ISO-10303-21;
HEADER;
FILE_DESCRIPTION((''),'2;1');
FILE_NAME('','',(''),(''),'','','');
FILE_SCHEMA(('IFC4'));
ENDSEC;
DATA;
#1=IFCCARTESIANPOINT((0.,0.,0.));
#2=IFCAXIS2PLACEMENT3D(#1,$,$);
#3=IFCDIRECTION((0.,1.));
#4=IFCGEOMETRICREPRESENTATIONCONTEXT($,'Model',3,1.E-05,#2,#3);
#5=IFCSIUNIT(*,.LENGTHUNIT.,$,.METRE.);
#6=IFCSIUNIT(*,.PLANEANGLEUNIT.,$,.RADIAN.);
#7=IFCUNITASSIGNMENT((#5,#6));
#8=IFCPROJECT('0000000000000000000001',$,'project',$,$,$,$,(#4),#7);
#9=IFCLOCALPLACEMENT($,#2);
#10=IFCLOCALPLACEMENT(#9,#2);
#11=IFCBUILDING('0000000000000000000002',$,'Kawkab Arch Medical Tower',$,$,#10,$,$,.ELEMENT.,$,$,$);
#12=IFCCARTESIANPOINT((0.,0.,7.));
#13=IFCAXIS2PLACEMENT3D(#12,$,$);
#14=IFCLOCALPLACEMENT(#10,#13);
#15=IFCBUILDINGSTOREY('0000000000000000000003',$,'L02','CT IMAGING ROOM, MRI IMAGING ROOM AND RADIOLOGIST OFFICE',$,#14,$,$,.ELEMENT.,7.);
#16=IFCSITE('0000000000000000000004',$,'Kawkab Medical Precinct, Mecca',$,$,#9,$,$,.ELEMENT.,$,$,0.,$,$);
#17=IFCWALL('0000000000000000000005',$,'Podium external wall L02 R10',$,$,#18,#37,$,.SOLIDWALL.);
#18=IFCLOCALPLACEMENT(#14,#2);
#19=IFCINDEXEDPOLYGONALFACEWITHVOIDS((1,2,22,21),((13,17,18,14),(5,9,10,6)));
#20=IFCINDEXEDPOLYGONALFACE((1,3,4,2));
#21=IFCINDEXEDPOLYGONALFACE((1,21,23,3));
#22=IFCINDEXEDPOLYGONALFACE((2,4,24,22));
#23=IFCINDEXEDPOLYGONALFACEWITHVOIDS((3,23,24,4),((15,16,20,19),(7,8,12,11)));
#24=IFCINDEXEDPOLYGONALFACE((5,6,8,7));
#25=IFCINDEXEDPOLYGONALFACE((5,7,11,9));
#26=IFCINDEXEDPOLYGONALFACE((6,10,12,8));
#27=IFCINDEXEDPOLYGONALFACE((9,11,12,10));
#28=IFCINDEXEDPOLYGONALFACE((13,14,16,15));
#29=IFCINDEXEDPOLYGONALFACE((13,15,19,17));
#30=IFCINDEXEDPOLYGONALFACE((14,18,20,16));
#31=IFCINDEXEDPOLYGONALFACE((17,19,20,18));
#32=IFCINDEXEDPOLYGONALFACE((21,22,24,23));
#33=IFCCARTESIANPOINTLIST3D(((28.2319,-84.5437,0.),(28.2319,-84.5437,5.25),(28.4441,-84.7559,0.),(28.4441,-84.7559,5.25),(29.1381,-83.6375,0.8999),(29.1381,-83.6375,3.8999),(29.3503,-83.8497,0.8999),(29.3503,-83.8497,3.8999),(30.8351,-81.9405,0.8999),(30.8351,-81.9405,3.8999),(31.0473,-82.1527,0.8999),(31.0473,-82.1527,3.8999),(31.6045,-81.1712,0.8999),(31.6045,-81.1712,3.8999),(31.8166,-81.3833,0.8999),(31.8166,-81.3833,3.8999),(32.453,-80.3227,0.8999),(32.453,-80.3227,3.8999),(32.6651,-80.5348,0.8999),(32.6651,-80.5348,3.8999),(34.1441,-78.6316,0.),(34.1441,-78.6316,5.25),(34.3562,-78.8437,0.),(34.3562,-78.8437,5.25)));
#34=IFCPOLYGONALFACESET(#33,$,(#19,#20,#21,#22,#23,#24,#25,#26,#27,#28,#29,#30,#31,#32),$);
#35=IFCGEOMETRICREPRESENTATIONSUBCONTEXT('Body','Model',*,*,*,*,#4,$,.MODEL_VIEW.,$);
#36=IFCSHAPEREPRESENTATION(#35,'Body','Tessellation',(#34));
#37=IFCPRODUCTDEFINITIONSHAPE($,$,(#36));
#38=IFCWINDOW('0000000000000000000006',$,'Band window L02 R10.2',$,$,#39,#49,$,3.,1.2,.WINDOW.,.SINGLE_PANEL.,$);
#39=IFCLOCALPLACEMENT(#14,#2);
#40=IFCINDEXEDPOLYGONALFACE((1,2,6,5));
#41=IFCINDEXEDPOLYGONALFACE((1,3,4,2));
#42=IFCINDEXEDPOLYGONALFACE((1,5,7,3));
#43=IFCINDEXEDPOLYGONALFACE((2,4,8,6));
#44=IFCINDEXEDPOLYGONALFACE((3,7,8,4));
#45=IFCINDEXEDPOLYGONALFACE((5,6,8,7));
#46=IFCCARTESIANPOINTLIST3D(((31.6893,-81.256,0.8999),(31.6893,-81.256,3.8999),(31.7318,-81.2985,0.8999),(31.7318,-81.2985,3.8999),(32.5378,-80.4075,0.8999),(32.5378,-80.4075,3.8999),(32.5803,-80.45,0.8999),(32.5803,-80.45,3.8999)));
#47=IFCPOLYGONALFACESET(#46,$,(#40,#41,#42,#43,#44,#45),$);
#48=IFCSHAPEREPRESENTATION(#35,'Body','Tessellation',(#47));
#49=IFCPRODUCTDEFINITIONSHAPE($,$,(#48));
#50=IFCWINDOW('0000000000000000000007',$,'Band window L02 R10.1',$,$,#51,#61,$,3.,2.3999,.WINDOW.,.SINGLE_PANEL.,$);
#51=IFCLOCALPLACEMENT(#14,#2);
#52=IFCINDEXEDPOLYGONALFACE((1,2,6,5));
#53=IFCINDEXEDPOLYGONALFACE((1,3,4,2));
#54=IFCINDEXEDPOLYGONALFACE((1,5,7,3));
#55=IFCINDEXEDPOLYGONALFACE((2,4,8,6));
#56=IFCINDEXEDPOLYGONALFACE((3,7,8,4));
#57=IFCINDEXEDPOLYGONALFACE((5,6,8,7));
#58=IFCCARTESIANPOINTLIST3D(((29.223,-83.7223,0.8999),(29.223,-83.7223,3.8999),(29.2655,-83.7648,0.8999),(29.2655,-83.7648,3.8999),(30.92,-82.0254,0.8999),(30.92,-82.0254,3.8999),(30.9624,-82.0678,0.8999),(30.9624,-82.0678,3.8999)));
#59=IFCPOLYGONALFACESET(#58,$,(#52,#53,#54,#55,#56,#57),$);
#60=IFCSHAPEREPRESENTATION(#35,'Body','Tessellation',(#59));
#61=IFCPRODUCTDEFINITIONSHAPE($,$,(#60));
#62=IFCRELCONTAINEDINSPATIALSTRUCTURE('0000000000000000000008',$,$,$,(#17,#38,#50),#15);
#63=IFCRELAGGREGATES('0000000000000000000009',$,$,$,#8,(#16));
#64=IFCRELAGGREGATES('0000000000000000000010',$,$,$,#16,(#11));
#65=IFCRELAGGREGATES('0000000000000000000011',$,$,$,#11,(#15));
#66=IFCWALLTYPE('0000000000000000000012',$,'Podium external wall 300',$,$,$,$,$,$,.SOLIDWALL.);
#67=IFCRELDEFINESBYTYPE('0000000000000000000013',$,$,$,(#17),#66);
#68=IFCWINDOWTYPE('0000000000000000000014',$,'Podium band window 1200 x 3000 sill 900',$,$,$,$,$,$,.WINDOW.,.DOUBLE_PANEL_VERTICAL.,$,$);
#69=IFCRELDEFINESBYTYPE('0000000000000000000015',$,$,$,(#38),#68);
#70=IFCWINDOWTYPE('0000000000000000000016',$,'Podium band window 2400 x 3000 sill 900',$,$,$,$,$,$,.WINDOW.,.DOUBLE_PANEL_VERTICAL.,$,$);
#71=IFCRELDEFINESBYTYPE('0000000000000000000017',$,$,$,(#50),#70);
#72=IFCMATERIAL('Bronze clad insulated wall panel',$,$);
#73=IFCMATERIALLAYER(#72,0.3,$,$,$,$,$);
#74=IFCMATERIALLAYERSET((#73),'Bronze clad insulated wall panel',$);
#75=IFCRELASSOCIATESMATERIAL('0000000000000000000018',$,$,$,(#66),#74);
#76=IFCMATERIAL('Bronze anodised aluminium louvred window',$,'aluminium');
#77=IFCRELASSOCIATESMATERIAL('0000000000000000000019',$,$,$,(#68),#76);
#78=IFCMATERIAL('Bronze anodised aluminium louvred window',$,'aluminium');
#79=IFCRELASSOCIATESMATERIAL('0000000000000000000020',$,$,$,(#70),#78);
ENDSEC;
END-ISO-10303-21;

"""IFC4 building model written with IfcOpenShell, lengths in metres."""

from ifc_helpers import new_model, si_unit, direction, frame, frame_2d, origin, place, context, subcontext, project, spatial, rectangle, extrude, material, layer, layer_set, type_object, element, fill, save


model = new_model("IFC4")

# Units and contexts
model_context = context("Model", 3, precision=1e-05, world=origin(), true_north=direction((0.0, 1.0)))
body_context = subcontext(model_context, "Body", "Model", "MODEL_VIEW")
ifc_project = project(units=[si_unit("LENGTHUNIT", "METRE"), si_unit("PLANEANGLEUNIT", "RADIAN")], contexts=[model_context])

# Site, building, storey
site_placement = place(None, origin())
site = spatial("IfcSite", under=ifc_project, at=site_placement, Name="Kawkab Medical Precinct, Mecca", CompositionType="ELEMENT", RefElevation=0.0)
building_placement = place(site_placement, origin())
building = spatial("IfcBuilding", under=site, at=building_placement, Name="Kawkab Arch Medical Tower", CompositionType="ELEMENT")
storey_placement = place(building_placement, frame((0.0, 0.0, 7.0)))
storey = spatial("IfcBuildingStorey", under=building, at=storey_placement, Name="L02", Description="CT IMAGING ROOM, MRI IMAGING ROOM AND RADIOLOGIST OFFICE", CompositionType="ELEMENT", Elevation=7.0)

# Wall, openings, windows
ifc_material_1 = material(Name="Bronze clad insulated wall panel")
ifc_layer_1 = layer(ifc_material_1, 0.3)
ifc_layer_set_1 = layer_set([ifc_layer_1], Name="Bronze clad insulated wall panel")
wall_type_1 = type_object("IfcWallType", Name="Podium external wall 300", PredefinedType="SOLIDWALL", material=ifc_layer_set_1)
wall_1_placement = place(storey_placement, frame((28.3379, -84.6499, 0.0), z_axis=(0.0, 0.0, 1.0), x_axis=(0.707107, 0.707107, 0.0)))
wall_1 = element("IfcWall", 1, at=wall_1_placement, inside=storey, type_object=wall_type_1, Name="Podium external wall L02 R10", PredefinedType="SOLIDWALL", context=body_context, shape_type="SweptSolid", body=[
    extrude(rectangle(XDim=8.3611, YDim=0.3, at=frame_2d((4.1807, 0.0))), origin(), (0.0, 0.0, 1.0), 5.25),
])
opening_1_placement = place(wall_1_placement, frame((1.2817, 0.0, 0.8999)))
opening_1 = element("IfcOpeningElement", 2, at=opening_1_placement, cuts=wall_1, PredefinedType="OPENING", context=body_context, shape_type="SweptSolid", body=[
    extrude(rectangle(XDim=2.3999, YDim=3.0, at=frame_2d((1.2, 1.5))), frame((0.0, 0.1599, 0.0), z_axis=(0.0, -1.0, 0.0), x_axis=(1.0, 0.0, 0.0)), (0.0, 0.0, 1.0), 0.3201),
])
opening_2_placement = place(wall_1_placement, frame((4.7695, 0.0, 0.8999)))
opening_2 = element("IfcOpeningElement", 3, at=opening_2_placement, cuts=wall_1, PredefinedType="OPENING", context=body_context, shape_type="SweptSolid", body=[
    extrude(rectangle(XDim=1.2, YDim=3.0, at=frame_2d((0.6001, 1.5))), frame((0.0, 0.1599, 0.0), z_axis=(0.0, -1.0, 0.0), x_axis=(1.0, 0.0, 0.0)), (0.0, 0.0, 1.0), 0.3201),
])
ifc_material_2 = material(Name="Bronze anodised aluminium louvred window", Category="aluminium")
window_type_1 = type_object("IfcWindowType", Name="Podium band window 1200 x 3000 sill 900", PartitioningType="DOUBLE_PANEL_VERTICAL", PredefinedType="WINDOW", material=ifc_material_2)
window_1_placement = place(opening_2_placement, origin())
window_1 = element("IfcWindow", 4, at=window_1_placement, inside=storey, type_object=window_type_1, Name="Band window L02 R10.2", OverallHeight=3.0, OverallWidth=1.2, PartitioningType="SINGLE_PANEL", PredefinedType="WINDOW", context=body_context, shape_type="SweptSolid", body=[
    extrude(rectangle(XDim=1.2, YDim=3.0, at=frame_2d((0.6001, 1.5))), frame((0.0, 0.03, 0.0), z_axis=(0.0, -1.0, 0.0), x_axis=(1.0, 0.0, 0.0)), (0.0, 0.0, 1.0), 0.0601),
])
fill(opening_2, window_1)
ifc_material_3 = material(Name="Bronze anodised aluminium louvred window", Category="aluminium")
window_type_2 = type_object("IfcWindowType", Name="Podium band window 2400 x 3000 sill 900", PartitioningType="DOUBLE_PANEL_VERTICAL", PredefinedType="WINDOW", material=ifc_material_3)
window_2_placement = place(opening_1_placement, origin())
window_2 = element("IfcWindow", 5, at=window_2_placement, inside=storey, type_object=window_type_2, Name="Band window L02 R10.1", OverallHeight=3.0, OverallWidth=2.3999, PartitioningType="SINGLE_PANEL", PredefinedType="WINDOW", context=body_context, shape_type="SweptSolid", body=[
    extrude(rectangle(XDim=2.3999, YDim=3.0, at=frame_2d((1.2, 1.5))), frame((0.0, 0.03, 0.0), z_axis=(0.0, -1.0, 0.0), x_axis=(1.0, 0.0, 0.0)), (0.0, 0.0, 1.0), 0.0601),
])
fill(opening_1, window_2)

save(model, "model.ifc")
